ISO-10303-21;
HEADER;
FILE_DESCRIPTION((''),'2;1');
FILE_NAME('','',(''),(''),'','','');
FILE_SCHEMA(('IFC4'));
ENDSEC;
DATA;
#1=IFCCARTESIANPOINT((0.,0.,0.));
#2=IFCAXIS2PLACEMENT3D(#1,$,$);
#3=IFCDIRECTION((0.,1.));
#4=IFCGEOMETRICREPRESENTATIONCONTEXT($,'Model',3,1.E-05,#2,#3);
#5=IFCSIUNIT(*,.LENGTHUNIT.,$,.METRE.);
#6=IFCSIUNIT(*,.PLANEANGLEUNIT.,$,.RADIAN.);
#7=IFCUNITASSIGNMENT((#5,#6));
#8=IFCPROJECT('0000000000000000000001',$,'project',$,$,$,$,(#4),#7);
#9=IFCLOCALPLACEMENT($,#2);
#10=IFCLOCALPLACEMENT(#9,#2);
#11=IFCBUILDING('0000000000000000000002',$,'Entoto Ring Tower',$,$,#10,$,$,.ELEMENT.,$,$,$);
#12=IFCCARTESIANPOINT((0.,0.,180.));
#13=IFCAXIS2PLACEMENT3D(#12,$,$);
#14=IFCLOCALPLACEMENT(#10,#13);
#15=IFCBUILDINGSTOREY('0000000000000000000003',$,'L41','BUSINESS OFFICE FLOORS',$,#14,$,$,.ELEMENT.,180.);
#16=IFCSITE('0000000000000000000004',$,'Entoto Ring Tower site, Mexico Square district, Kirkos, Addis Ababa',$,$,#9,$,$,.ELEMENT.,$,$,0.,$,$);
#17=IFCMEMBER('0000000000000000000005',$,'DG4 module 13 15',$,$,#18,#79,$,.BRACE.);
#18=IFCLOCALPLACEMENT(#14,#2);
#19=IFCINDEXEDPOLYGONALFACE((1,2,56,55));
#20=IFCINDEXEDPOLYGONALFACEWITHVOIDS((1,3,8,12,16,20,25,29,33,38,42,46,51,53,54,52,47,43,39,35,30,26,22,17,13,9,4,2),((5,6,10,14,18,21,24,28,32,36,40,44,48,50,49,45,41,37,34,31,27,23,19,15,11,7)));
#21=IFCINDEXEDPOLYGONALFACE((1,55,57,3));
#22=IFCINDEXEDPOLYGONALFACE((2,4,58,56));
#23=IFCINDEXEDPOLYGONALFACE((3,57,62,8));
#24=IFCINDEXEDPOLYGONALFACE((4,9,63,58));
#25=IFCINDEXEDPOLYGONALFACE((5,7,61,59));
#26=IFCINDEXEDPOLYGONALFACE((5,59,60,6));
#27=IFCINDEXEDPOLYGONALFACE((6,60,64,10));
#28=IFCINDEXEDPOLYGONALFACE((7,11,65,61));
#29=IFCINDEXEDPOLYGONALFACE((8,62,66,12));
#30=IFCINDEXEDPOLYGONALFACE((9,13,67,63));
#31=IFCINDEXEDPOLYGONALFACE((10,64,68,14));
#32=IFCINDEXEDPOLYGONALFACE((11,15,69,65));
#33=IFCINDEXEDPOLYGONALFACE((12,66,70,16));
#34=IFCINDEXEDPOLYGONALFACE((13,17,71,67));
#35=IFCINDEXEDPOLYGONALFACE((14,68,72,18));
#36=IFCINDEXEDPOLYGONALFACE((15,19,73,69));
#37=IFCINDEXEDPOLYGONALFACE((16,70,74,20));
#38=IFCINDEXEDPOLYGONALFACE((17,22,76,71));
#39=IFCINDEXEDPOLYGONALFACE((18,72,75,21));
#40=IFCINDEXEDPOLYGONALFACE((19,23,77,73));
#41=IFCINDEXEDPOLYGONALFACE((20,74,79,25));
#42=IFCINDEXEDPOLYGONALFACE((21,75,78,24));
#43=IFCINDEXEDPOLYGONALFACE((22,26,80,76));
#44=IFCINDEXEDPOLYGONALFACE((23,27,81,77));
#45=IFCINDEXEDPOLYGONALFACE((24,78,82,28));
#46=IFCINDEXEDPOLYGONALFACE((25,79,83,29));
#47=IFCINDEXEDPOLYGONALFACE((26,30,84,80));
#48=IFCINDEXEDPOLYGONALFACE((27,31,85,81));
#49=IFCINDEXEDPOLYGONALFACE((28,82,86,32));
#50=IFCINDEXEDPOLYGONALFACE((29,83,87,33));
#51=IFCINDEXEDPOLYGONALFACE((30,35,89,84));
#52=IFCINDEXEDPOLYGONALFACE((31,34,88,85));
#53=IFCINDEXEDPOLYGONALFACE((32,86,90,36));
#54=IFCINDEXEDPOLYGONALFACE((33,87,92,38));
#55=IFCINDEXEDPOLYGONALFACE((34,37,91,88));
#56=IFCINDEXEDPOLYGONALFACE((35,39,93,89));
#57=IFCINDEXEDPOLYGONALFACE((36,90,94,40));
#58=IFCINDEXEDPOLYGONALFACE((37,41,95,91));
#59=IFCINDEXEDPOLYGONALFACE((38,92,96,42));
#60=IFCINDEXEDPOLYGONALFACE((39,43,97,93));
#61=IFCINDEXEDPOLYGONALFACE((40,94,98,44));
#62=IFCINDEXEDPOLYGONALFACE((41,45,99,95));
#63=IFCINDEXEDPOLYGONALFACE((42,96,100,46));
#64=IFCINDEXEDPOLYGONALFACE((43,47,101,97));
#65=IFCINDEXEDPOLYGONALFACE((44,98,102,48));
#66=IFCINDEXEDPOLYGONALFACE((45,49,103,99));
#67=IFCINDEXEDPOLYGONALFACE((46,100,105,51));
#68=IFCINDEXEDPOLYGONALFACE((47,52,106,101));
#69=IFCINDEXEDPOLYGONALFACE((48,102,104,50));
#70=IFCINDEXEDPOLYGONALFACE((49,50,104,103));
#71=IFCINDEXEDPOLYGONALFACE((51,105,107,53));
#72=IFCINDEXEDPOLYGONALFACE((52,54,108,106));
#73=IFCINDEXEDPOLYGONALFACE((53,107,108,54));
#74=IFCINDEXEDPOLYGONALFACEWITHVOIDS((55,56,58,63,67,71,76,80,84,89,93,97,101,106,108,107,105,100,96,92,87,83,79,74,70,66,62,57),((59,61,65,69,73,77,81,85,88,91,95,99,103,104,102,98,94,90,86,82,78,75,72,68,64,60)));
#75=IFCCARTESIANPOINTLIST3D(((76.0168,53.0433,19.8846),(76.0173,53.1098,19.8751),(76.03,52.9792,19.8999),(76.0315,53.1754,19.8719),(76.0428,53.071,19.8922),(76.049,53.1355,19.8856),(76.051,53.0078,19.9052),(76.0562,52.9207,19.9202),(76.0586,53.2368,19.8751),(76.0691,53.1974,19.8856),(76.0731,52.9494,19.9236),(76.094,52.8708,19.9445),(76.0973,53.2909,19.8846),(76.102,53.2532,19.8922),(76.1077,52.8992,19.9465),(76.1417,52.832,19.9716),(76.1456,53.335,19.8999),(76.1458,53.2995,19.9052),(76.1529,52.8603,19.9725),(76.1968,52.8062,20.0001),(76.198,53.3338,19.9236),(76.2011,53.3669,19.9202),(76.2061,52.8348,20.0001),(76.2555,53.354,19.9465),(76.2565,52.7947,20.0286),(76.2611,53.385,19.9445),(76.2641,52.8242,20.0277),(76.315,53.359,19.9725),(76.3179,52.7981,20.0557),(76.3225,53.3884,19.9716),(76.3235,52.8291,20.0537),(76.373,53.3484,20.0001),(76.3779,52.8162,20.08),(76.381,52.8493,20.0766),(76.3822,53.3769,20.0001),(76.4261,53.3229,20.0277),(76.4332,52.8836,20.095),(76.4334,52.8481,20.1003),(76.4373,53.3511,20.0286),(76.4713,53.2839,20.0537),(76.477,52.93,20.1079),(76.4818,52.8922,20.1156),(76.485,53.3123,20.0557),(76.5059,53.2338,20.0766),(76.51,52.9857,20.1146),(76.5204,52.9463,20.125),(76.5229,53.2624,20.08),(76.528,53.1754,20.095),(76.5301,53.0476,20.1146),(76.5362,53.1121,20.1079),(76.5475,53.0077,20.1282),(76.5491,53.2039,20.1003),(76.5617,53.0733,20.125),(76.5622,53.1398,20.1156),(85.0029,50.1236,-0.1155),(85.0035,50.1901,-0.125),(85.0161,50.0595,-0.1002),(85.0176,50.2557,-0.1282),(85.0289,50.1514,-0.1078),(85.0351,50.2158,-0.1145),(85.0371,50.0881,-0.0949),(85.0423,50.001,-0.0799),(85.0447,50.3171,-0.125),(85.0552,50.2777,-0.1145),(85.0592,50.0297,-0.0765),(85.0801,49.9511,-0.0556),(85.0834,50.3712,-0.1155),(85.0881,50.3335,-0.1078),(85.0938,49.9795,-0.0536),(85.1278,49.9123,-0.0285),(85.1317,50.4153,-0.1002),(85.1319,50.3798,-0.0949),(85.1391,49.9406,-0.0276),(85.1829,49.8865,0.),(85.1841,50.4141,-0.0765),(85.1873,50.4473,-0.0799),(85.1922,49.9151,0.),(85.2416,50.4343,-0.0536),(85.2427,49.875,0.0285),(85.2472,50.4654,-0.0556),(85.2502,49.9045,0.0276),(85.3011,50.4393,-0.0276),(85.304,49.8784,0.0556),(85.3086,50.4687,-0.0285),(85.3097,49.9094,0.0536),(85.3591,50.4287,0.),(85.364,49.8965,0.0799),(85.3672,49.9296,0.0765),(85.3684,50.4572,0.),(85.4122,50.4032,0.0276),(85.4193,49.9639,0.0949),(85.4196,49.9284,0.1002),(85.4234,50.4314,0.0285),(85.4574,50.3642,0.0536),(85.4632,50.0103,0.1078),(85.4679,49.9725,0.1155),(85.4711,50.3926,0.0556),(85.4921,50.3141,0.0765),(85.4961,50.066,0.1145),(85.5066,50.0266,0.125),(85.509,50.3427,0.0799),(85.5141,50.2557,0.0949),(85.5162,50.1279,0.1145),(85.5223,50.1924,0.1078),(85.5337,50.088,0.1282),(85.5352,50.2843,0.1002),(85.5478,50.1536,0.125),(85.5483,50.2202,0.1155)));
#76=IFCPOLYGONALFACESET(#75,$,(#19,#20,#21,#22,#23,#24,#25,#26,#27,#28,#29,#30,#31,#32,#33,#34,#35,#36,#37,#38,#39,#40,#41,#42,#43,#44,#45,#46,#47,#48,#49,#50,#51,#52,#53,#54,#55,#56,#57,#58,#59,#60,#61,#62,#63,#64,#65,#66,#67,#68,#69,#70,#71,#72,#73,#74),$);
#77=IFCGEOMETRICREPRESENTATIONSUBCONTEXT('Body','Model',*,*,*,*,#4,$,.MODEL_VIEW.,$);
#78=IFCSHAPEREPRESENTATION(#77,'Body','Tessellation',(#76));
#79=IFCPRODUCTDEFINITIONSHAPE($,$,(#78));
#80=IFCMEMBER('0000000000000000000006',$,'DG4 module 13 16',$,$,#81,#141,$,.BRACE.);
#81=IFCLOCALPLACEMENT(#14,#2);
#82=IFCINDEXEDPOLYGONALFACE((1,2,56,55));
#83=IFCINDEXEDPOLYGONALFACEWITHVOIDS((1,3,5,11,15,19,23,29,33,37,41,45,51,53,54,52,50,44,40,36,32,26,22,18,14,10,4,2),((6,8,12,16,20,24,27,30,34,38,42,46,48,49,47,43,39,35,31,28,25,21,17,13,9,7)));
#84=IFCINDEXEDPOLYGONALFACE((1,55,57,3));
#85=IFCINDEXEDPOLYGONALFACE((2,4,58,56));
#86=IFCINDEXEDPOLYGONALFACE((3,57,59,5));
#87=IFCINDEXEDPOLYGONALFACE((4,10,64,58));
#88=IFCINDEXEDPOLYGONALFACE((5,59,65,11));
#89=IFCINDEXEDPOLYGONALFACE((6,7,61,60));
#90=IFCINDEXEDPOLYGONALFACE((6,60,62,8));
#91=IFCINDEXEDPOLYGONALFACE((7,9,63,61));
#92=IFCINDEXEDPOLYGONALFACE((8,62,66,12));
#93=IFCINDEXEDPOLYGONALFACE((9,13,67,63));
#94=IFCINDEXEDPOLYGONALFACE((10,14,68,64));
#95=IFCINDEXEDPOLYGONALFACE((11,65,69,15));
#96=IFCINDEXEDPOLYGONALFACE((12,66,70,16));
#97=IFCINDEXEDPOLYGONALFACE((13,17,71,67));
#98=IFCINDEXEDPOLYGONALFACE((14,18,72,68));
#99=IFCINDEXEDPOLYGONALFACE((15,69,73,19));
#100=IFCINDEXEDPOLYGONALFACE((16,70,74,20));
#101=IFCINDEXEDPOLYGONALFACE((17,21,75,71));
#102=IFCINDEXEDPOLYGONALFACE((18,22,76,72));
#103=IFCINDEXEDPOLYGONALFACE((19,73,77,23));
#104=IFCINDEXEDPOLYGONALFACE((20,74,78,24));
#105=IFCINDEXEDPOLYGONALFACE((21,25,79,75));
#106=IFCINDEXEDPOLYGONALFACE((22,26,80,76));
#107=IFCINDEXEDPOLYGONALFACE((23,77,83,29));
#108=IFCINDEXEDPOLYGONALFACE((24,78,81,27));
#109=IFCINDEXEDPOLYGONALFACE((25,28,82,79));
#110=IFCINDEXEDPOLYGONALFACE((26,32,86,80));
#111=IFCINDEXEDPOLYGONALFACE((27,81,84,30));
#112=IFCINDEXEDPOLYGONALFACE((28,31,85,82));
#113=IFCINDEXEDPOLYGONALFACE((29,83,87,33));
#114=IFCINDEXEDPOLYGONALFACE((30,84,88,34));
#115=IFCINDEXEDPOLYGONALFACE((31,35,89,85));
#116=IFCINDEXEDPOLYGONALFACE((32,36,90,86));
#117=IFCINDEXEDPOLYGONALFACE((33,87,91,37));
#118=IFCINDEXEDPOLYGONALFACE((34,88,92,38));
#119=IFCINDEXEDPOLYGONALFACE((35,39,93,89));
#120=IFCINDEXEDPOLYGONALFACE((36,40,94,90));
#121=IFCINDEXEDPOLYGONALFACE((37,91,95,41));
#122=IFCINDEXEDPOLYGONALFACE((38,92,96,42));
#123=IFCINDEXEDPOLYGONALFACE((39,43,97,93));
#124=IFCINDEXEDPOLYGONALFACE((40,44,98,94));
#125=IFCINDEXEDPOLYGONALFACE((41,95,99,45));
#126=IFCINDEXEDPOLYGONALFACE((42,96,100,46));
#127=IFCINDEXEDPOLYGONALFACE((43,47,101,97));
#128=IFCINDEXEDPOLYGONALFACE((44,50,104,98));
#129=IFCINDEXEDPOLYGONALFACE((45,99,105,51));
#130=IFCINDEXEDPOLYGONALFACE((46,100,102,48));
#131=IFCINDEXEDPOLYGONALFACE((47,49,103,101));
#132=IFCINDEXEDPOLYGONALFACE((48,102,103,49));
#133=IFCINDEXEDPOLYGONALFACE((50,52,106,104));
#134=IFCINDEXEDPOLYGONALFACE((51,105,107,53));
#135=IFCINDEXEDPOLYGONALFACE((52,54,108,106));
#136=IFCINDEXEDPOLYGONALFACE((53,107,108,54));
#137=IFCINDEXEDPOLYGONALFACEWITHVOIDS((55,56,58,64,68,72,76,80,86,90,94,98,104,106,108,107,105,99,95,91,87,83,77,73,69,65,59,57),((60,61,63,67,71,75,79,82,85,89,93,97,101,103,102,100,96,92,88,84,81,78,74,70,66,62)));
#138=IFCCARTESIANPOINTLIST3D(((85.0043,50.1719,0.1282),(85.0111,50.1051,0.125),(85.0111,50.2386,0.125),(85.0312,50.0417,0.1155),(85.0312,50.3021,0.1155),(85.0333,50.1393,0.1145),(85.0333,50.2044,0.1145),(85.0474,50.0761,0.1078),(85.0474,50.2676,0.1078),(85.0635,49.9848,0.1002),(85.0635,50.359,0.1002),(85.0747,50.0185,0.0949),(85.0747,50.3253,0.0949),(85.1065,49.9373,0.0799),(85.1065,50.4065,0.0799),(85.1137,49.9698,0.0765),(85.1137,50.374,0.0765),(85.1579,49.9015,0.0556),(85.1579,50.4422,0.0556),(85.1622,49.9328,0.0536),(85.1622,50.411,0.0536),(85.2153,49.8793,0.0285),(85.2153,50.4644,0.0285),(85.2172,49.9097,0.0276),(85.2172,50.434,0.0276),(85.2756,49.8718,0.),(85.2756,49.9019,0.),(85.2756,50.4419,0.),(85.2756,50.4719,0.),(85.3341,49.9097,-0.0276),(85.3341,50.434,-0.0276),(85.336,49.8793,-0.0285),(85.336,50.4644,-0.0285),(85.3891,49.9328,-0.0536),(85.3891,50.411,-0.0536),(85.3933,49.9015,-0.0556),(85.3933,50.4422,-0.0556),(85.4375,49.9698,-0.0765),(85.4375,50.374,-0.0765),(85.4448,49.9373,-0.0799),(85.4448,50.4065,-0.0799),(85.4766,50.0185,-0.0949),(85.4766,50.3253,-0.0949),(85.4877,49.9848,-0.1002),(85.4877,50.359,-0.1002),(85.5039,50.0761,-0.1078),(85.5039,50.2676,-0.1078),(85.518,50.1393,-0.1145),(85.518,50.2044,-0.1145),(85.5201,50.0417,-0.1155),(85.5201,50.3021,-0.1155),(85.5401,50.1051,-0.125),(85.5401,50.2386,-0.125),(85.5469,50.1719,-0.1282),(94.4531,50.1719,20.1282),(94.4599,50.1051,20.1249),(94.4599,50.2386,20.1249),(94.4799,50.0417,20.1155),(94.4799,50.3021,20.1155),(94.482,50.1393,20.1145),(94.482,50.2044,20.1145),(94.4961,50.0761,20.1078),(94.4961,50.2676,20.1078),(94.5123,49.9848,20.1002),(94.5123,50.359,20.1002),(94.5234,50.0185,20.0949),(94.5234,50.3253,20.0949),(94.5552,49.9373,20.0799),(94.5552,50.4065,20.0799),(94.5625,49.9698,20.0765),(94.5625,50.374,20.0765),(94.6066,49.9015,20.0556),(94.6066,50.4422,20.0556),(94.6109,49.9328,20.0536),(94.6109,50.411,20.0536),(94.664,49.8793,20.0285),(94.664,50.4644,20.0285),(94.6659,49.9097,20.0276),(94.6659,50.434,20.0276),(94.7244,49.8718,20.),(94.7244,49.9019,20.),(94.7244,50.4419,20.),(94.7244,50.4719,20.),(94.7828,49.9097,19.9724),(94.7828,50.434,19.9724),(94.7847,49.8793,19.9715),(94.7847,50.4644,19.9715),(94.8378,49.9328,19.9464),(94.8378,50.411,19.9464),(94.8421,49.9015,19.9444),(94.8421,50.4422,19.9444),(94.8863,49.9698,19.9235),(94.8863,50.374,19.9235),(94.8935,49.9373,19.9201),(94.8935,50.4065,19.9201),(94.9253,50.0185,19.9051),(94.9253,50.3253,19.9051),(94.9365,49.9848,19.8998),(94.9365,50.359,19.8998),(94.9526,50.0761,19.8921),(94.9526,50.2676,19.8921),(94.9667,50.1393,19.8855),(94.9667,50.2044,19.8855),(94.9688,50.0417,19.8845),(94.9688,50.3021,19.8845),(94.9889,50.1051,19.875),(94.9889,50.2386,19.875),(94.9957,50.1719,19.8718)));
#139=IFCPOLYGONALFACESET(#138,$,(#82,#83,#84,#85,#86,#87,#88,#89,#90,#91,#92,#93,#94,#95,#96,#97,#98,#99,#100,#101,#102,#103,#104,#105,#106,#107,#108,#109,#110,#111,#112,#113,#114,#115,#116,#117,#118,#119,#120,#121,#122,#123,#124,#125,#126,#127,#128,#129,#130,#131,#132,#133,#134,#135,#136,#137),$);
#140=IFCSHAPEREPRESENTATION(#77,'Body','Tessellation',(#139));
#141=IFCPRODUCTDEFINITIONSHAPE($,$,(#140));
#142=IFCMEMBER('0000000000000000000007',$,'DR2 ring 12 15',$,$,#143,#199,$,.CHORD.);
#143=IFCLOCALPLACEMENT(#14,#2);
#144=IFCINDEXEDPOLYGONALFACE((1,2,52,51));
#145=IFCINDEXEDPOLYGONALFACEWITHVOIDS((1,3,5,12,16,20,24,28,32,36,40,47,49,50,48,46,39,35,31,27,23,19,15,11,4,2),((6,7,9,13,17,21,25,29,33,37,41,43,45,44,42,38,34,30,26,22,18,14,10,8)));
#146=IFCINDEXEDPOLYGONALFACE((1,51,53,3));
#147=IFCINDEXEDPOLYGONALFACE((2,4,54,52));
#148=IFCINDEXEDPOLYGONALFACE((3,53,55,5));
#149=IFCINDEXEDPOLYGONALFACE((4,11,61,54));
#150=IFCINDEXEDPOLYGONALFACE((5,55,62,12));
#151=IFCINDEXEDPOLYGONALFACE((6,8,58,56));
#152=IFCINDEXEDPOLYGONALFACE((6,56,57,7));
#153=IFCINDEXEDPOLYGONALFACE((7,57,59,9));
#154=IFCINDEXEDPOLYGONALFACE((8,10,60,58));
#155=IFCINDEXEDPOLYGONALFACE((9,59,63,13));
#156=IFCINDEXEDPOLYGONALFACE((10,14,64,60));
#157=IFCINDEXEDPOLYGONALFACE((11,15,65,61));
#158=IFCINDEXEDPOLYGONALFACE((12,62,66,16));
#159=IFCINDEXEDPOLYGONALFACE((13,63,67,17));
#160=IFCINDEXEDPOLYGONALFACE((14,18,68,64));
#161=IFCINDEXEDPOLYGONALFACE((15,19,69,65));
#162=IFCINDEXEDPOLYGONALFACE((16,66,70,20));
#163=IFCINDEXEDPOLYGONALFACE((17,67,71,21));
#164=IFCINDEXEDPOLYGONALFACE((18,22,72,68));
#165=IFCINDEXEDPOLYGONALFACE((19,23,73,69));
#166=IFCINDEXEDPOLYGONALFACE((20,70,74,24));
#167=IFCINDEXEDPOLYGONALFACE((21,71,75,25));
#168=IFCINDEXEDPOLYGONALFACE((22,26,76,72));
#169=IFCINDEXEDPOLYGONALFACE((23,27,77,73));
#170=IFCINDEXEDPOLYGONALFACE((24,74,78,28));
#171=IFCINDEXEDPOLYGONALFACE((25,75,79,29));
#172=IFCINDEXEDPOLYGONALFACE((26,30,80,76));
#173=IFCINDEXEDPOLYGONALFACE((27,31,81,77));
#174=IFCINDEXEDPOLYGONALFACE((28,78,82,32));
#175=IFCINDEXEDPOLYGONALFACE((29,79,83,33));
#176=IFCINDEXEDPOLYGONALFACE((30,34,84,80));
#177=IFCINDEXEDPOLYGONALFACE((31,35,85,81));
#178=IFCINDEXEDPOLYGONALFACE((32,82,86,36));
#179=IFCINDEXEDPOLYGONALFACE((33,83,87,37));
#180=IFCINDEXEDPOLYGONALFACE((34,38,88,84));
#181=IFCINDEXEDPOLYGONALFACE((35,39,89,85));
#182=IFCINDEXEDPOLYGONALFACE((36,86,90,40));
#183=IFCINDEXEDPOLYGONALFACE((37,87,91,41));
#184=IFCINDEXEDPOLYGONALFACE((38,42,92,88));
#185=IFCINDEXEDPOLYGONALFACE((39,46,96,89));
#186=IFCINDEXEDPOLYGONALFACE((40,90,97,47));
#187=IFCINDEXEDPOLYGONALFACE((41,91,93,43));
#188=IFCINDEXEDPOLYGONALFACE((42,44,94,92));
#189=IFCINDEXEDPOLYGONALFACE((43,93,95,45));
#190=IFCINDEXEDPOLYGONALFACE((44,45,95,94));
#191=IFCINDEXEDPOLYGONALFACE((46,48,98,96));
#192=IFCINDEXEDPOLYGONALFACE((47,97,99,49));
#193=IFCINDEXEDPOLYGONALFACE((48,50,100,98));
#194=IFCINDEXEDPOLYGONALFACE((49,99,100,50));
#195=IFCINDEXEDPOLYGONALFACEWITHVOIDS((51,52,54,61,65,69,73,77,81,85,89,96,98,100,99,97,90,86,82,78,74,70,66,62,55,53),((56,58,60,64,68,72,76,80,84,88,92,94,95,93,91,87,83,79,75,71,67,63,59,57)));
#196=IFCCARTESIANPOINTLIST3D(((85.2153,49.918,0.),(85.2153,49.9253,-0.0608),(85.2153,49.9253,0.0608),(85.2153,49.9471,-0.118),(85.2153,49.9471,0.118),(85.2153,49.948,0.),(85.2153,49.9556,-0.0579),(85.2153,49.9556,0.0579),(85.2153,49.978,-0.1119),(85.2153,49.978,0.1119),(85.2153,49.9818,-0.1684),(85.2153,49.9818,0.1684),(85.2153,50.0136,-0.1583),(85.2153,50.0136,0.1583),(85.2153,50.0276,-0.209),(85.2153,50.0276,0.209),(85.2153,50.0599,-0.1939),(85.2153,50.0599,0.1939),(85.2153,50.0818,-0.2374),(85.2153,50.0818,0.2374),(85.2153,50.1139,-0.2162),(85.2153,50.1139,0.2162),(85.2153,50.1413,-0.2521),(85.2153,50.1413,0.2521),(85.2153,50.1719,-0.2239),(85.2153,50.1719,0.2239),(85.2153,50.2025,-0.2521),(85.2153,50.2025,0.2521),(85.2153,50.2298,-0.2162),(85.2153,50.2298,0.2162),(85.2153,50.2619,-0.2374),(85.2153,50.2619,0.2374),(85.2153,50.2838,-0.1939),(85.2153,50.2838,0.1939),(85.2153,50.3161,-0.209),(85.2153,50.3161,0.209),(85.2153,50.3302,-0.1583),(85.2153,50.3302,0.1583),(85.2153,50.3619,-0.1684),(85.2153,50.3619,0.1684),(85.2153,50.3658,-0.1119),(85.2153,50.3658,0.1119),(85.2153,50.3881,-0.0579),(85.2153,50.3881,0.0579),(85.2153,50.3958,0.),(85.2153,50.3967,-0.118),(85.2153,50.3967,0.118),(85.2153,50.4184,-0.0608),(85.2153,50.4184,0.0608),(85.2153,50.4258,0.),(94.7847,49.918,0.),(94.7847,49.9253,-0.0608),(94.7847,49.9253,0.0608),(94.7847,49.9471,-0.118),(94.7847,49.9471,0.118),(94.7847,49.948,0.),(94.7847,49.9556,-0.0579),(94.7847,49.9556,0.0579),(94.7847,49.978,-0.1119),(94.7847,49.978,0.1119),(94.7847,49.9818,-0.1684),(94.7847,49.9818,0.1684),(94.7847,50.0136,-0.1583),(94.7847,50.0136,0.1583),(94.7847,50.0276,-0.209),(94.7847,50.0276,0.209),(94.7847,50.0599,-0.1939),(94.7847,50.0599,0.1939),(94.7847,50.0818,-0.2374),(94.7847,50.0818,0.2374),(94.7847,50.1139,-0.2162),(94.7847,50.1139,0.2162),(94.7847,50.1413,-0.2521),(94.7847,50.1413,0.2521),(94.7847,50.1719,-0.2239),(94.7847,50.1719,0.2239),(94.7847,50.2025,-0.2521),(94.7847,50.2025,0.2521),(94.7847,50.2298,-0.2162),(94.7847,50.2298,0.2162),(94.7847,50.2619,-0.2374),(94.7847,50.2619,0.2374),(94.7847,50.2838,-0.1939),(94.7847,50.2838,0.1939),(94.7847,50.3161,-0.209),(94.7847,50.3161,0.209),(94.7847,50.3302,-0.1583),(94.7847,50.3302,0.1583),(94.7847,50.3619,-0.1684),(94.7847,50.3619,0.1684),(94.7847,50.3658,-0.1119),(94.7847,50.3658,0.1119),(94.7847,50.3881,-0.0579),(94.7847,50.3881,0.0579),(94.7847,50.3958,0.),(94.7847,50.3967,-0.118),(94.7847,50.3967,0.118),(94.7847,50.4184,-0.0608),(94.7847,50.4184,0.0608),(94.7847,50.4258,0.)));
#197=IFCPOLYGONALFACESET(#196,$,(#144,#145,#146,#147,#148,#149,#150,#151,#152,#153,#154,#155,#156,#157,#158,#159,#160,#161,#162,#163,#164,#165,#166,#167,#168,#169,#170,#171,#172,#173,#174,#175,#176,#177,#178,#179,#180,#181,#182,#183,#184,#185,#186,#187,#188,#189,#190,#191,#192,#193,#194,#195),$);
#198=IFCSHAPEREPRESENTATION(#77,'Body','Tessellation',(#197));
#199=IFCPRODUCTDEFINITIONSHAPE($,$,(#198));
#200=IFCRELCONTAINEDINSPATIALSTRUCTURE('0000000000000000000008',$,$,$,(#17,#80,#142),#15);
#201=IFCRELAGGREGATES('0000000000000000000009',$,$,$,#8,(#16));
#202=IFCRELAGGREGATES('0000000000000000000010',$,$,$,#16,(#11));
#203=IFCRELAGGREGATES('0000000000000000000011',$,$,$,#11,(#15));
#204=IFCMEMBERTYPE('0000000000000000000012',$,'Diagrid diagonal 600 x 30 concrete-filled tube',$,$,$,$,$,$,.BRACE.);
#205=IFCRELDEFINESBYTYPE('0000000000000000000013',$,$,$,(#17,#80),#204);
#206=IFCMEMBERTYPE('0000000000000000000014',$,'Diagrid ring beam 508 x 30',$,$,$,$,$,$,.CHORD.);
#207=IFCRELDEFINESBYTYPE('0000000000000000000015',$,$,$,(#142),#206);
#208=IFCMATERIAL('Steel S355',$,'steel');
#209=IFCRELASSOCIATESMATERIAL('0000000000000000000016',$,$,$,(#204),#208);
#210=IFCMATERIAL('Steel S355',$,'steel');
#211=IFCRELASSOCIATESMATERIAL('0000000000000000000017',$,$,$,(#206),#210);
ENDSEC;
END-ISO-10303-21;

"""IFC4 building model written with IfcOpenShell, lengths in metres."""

from ifc_helpers import new_model, si_unit, direction, frame, origin, origin_2d, place, context, subcontext, project, spatial, circle, hollow_circle, extrude, material, material_profile, profile_set, type_object, element, save


model = new_model("IFC4")

# Units and contexts
model_context = context("Model", 3, precision=1e-05, world=origin(), true_north=direction((0.0, 1.0)))
body_context = subcontext(model_context, "Body", "Model", "MODEL_VIEW")
ifc_project = project(units=[si_unit("LENGTHUNIT", "METRE"), si_unit("PLANEANGLEUNIT", "RADIAN")], contexts=[model_context])

# Site, building, storey
site_placement = place(None, origin())
site = spatial("IfcSite", under=ifc_project, at=site_placement, Name="Entoto Ring Tower site, Mexico Square district, Kirkos, Addis Ababa", CompositionType="ELEMENT", RefElevation=0.0)
building_placement = place(site_placement, origin())
building = spatial("IfcBuilding", under=site, at=building_placement, Name="Entoto Ring Tower", CompositionType="ELEMENT")
storey_placement = place(building_placement, frame((0.0, 0.0, 180.0)))
storey = spatial("IfcBuildingStorey", under=building, at=storey_placement, Name="L41", Description="BUSINESS OFFICE FLOORS", CompositionType="ELEMENT", Elevation=180.0)

# Members
ifc_material_1 = material(Name="Steel S355", Category="steel")
ifc_material_profile_1 = material_profile(ifc_material_1, hollow_circle(Radius=0.3, WallThickness=0.03, at=origin_2d()), Name="CHS 600 x 30")
ifc_material_2 = material(Name="Concrete C60/75", Category="concrete")
ifc_material_profile_2 = material_profile(ifc_material_2, circle(Radius=0.27, at=origin_2d()), Name="Concrete C60/75 infill")
ifc_profile_set_1 = profile_set([ifc_material_profile_1, ifc_material_profile_2], Name="Steel S355")
member_type_1 = type_object("IfcMemberType", Name="Diagrid diagonal 600 x 30 concrete-filled tube", PredefinedType="BRACE", material=ifc_profile_set_1)
for number, where, z_axis, x_axis, name in (
    (1, (85.2756, 50.1719, 0.0), (-0.406251, 0.131995, 0.904178), (-0.30901, -0.951059, 0.0), "DG4 module 13 15"),
    (2, (85.2756, 50.1719, 0.0), (0.427165, 0.0, 0.904174), (0.0, 1.0, 0.0), "DG4 module 13 16"),
):
    element("IfcMember", number, at=place(storey_placement, frame(where, z_axis=z_axis, x_axis=x_axis)), inside=storey, type_object=member_type_1, Name=name, PredefinedType="BRACE", context=body_context, shape_type="SweptSolid", body=[
        extrude(hollow_circle(Radius=0.3, WallThickness=0.03, at=origin_2d()), origin(), (0.0, 0.0, 1.0), 22.1196),
    ])
ifc_material_3 = material(Name="Steel S355", Category="steel")
ifc_material_profile_3 = material_profile(ifc_material_3, hollow_circle(Radius=0.2539, WallThickness=0.03, at=origin_2d()), Name="CHS 508 x 30")
ifc_material_4 = material(Name="Concrete C60/75", Category="concrete")
ifc_material_profile_4 = material_profile(ifc_material_4, circle(Radius=0.2241, at=origin_2d()), Name="Concrete C60/75 infill")
ifc_profile_set_2 = profile_set([ifc_material_profile_3, ifc_material_profile_4], Name="Steel S355")
member_type_2 = type_object("IfcMemberType", Name="Diagrid ring beam 508 x 30", PredefinedType="CHORD", material=ifc_profile_set_2)
member_1_placement = place(storey_placement, frame((85.2153, 50.1719, 0.0), z_axis=(1.0, 0.0, 0.0), x_axis=(0.0, 1.0, 0.0)))
element("IfcMember", 3, at=member_1_placement, inside=storey, type_object=member_type_2, Name="DR2 ring 12 15", PredefinedType="CHORD", context=body_context, shape_type="SweptSolid", body=[
    extrude(hollow_circle(Radius=0.2539, WallThickness=0.03, at=origin_2d()), origin(), (0.0, 0.0, 1.0), 9.5693),
])

save(model, "model.ifc")
